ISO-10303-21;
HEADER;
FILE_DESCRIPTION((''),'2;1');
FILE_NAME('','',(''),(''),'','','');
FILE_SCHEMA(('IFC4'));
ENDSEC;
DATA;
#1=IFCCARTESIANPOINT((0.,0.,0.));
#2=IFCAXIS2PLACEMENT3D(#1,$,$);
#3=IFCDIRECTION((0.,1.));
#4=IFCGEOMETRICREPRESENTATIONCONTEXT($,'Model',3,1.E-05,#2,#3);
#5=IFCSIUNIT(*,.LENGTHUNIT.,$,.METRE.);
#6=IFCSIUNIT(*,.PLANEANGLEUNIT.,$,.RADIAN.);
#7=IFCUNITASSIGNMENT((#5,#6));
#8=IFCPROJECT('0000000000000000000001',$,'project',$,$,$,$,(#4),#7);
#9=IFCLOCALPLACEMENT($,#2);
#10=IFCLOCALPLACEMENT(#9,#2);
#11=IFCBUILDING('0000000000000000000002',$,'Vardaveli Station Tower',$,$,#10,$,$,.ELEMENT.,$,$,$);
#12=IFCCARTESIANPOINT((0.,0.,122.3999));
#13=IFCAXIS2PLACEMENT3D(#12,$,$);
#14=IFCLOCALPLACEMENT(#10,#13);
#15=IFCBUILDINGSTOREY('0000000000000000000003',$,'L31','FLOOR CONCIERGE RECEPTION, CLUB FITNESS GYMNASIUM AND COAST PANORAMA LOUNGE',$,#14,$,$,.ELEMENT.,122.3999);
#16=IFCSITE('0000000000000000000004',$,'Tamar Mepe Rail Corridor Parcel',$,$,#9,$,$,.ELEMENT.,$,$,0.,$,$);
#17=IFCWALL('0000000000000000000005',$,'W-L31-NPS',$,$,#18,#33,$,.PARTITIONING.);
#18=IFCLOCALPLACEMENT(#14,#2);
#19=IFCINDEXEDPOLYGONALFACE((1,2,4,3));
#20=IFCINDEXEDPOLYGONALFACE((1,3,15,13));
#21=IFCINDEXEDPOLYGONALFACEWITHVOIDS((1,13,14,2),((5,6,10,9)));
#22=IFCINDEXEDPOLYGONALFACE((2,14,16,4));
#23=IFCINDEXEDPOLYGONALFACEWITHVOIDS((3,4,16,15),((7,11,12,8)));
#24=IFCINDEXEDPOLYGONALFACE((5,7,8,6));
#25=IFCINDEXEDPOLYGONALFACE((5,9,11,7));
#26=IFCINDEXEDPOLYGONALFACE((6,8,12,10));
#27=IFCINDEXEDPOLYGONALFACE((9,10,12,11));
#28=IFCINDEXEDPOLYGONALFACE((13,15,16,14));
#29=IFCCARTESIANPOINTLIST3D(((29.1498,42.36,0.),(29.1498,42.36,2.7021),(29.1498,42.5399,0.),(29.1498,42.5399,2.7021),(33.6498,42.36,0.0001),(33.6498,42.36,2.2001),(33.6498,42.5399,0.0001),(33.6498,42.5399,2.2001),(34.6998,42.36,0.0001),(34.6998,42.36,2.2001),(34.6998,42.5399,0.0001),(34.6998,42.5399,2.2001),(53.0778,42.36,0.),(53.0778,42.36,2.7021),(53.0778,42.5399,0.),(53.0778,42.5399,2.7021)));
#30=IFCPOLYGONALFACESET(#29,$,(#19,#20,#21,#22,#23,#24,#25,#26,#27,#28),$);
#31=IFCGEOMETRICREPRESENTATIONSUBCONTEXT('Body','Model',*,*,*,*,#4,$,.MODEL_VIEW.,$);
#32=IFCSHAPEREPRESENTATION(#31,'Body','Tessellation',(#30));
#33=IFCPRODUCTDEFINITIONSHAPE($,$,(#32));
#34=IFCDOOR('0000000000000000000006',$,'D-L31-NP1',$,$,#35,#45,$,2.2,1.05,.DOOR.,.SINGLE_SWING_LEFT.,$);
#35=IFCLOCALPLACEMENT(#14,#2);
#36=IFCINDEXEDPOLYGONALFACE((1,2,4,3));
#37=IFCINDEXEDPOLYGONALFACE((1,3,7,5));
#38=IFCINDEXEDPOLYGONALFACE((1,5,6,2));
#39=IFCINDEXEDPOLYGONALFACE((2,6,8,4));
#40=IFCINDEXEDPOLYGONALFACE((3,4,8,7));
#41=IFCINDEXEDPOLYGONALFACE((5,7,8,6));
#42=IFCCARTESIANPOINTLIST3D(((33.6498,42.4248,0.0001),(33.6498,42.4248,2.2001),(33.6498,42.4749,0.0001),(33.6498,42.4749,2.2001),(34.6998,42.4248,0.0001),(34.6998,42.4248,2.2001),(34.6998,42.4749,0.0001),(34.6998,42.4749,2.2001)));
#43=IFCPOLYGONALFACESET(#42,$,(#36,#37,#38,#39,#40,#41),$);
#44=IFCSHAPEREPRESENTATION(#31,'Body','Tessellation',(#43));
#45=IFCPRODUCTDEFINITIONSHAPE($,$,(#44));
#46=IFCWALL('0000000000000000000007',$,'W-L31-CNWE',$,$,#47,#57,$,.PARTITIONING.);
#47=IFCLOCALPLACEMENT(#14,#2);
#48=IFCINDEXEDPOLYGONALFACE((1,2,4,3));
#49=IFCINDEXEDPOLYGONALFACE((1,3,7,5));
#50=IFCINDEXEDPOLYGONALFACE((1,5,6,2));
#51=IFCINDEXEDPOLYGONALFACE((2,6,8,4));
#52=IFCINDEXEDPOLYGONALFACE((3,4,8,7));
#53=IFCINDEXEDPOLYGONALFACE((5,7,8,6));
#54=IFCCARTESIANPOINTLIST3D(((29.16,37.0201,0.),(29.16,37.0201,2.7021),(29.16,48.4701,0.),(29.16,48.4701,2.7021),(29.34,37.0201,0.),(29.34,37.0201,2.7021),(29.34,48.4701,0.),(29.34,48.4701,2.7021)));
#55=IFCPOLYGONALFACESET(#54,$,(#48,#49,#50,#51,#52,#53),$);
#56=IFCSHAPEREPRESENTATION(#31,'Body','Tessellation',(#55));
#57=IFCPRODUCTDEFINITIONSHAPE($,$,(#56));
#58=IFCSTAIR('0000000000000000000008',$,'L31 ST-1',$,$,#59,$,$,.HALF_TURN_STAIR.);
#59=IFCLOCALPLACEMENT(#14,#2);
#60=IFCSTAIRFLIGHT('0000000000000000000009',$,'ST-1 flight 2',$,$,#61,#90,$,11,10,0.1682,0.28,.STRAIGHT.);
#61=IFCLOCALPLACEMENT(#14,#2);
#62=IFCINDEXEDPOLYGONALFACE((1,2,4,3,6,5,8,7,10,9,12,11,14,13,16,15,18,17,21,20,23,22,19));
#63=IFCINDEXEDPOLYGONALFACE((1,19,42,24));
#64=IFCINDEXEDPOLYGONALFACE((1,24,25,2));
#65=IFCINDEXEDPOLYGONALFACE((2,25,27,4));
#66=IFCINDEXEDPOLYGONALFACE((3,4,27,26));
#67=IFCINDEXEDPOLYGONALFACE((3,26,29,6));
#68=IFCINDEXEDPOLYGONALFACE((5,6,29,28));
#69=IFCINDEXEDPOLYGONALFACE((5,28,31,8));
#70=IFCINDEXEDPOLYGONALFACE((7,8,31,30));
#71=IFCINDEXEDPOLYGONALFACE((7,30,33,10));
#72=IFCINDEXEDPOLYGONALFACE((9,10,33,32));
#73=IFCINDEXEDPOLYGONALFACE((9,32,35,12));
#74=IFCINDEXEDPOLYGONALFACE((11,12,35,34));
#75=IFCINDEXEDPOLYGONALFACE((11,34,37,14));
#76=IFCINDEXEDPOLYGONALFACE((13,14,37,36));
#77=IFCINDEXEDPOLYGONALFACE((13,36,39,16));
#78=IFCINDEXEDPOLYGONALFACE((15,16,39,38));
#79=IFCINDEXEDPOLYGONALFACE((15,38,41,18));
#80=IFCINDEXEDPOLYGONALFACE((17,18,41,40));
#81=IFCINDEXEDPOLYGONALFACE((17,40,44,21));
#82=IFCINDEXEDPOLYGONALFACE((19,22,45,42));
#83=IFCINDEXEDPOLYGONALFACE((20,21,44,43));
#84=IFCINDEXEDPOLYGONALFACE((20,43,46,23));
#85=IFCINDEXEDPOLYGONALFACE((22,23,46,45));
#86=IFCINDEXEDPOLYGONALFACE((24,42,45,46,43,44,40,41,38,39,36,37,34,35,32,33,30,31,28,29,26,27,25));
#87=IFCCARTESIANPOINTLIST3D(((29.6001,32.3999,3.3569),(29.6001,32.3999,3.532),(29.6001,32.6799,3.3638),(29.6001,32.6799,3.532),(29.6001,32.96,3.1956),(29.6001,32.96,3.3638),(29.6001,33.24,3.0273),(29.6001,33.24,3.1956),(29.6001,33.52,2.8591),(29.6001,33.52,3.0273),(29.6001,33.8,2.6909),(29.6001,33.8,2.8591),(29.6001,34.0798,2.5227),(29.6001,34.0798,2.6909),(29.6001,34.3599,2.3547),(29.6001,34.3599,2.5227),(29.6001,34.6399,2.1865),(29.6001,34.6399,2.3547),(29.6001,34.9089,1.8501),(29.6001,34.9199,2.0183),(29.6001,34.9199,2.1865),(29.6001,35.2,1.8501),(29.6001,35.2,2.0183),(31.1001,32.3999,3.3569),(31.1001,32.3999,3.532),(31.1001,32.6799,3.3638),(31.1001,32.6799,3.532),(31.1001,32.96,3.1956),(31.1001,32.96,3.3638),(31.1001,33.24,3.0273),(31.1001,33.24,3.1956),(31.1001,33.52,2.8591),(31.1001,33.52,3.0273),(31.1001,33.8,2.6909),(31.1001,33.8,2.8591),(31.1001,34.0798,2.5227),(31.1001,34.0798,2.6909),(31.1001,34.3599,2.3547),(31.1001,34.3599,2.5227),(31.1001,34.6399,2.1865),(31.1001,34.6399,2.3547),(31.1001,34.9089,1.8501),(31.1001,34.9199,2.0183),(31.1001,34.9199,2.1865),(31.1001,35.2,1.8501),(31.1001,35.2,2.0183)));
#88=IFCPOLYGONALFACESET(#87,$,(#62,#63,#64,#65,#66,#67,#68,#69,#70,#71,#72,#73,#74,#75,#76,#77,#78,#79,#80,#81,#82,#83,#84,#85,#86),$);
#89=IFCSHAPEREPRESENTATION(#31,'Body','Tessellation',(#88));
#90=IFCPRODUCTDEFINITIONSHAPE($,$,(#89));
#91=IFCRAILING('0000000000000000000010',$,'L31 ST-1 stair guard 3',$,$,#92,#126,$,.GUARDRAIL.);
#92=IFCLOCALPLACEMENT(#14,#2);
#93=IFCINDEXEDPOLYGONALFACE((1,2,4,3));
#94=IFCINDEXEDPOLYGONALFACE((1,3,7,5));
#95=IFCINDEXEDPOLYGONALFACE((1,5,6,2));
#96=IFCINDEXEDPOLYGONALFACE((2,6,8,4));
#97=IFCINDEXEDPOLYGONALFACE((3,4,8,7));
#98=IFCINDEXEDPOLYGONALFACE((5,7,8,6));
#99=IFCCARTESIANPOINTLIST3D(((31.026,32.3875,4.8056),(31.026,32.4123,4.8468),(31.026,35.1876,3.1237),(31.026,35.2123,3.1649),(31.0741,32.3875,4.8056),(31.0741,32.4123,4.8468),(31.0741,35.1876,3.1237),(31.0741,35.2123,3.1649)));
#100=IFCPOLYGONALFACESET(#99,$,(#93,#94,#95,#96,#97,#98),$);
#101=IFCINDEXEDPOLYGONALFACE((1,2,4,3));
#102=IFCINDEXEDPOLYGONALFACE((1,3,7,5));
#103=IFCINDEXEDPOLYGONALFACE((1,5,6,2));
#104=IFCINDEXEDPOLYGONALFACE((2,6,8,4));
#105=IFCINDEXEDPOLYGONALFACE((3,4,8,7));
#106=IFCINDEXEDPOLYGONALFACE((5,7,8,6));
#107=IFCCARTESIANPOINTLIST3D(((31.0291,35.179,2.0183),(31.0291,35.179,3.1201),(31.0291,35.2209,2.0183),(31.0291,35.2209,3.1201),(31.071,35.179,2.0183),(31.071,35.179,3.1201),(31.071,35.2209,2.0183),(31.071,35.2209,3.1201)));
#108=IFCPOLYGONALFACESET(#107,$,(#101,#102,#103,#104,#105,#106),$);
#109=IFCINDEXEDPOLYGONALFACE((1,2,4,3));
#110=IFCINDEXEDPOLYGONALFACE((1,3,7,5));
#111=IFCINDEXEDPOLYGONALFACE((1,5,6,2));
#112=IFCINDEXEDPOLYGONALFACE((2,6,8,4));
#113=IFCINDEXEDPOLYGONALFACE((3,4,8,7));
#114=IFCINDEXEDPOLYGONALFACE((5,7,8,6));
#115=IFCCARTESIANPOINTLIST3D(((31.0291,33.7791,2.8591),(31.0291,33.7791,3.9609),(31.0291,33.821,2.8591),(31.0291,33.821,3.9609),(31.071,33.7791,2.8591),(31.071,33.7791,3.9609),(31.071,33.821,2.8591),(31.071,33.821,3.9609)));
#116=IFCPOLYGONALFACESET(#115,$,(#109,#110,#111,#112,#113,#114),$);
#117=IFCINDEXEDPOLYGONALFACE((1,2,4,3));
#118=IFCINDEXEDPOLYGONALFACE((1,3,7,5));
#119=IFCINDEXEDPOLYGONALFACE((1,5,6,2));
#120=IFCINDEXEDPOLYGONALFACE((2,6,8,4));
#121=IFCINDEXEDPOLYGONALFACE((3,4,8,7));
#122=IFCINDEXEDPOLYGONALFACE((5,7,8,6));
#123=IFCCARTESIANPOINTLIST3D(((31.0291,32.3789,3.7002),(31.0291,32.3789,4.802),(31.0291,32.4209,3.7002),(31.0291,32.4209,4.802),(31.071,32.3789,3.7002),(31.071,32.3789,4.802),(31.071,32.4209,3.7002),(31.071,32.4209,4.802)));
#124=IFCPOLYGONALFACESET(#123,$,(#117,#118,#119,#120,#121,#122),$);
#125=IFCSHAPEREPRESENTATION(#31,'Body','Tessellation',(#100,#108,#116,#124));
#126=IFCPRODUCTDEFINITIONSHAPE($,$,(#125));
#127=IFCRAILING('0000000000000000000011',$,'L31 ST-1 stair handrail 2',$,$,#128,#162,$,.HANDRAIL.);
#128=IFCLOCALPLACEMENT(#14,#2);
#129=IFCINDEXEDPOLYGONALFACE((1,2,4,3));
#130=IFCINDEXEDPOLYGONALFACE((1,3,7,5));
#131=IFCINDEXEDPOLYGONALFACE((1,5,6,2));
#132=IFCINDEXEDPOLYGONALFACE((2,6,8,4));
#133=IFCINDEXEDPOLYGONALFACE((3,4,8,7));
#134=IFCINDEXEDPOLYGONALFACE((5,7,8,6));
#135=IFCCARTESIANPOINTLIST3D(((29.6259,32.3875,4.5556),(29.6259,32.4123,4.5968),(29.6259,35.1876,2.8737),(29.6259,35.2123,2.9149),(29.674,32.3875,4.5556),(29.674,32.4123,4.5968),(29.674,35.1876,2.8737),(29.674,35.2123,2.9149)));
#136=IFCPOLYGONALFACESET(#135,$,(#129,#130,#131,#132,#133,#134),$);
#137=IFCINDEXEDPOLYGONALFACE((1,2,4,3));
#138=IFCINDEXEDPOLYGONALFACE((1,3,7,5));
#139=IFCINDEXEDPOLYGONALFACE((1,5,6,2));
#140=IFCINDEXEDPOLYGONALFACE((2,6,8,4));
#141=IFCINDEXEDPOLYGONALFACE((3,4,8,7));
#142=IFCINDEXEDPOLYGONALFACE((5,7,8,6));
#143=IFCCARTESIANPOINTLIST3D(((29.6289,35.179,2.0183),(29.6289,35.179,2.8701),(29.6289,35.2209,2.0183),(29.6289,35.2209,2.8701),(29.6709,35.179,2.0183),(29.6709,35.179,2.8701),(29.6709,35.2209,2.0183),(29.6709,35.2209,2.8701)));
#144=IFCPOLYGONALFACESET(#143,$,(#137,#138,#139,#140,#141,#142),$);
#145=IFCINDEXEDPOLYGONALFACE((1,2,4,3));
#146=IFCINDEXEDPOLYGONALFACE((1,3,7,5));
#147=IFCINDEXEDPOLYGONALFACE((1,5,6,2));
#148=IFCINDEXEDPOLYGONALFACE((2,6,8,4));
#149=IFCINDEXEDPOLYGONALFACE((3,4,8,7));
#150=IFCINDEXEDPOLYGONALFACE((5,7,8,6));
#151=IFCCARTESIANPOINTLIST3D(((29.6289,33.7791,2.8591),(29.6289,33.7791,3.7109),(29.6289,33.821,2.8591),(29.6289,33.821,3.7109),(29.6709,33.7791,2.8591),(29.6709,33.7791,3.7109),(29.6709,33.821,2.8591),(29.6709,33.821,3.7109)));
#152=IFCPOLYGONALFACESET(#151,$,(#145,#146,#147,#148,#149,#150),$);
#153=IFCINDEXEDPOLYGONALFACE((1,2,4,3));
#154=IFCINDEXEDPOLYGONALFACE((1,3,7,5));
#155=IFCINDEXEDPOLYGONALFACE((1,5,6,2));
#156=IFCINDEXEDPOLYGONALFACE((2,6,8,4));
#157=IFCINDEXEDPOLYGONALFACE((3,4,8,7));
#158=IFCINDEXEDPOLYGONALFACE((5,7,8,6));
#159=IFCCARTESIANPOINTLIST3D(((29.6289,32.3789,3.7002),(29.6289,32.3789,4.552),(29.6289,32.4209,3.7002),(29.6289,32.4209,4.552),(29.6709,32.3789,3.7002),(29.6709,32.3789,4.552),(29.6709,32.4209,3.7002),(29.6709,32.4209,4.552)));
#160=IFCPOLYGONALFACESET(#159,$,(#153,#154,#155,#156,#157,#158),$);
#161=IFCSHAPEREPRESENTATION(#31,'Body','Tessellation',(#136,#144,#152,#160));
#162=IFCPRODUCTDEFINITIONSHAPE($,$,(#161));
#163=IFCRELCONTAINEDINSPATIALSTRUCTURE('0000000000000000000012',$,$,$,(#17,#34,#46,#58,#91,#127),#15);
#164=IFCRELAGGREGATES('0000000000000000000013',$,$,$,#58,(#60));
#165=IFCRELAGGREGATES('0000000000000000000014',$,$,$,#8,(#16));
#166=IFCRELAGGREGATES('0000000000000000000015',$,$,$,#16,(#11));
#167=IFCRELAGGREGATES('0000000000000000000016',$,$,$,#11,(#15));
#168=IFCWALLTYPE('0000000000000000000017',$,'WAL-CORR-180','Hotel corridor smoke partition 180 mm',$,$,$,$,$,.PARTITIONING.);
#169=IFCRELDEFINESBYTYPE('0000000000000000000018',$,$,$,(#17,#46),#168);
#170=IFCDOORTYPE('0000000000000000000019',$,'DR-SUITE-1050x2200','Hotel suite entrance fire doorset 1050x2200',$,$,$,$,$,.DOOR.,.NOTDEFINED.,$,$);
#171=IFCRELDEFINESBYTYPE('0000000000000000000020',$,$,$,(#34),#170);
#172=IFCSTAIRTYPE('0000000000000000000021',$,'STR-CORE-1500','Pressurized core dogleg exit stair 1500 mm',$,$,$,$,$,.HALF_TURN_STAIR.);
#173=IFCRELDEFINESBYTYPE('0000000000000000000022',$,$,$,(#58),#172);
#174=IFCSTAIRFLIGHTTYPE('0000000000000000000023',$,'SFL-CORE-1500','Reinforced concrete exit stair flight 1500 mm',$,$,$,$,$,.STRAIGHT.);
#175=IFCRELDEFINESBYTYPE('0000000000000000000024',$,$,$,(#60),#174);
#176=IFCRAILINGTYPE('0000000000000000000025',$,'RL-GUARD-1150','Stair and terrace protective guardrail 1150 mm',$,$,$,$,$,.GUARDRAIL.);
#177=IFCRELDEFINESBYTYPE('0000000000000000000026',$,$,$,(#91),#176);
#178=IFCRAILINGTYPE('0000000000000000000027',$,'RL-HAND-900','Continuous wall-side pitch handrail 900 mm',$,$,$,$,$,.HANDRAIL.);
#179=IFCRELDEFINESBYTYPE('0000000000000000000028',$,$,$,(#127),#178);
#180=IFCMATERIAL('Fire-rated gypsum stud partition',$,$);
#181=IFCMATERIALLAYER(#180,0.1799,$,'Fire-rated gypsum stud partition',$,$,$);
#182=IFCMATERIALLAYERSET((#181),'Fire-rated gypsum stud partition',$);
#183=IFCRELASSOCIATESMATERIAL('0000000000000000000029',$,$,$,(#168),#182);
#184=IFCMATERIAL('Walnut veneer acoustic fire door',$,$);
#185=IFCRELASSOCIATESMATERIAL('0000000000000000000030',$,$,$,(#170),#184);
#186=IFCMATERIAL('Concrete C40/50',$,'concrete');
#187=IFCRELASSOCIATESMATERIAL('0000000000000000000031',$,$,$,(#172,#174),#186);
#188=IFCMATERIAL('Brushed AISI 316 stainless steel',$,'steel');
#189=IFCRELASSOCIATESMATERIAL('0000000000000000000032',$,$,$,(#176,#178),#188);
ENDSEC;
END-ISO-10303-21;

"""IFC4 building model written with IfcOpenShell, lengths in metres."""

from ifc_helpers import new_model, si_unit, direction, frame, frame_2d, origin, origin_2d, place, context, subcontext, project, spatial, polyline, rectangle, outline, extrude, source, transform, mapped, material, layer, layer_set, type_object, element, fill, aggregate, save


model = new_model("IFC4")

# Units and contexts
model_context = context("Model", 3, precision=1e-05, world=origin(), true_north=direction((0.0, 1.0)))
body_context = subcontext(model_context, "Body", "Model", "MODEL_VIEW")
ifc_project = project(units=[si_unit("LENGTHUNIT", "METRE"), si_unit("PLANEANGLEUNIT", "RADIAN")], contexts=[model_context])

# Site, building, storey
site_placement = place(None, origin())
site = spatial("IfcSite", under=ifc_project, at=site_placement, Name="Tamar Mepe Rail Corridor Parcel", CompositionType="ELEMENT", RefElevation=0.0)
building_placement = place(site_placement, origin())
building = spatial("IfcBuilding", under=site, at=building_placement, Name="Vardaveli Station Tower", CompositionType="ELEMENT")
storey_placement = place(building_placement, frame((0.0, 0.0, 122.3999)))
storey = spatial("IfcBuildingStorey", under=building, at=storey_placement, Name="L31", Description="FLOOR CONCIERGE RECEPTION, CLUB FITNESS GYMNASIUM AND COAST PANORAMA LOUNGE", CompositionType="ELEMENT", Elevation=122.3999)

# Shared definitions
ifc_material_1 = material(Name="Concrete C40/50", Category="concrete")

# Wall, opening, door
ifc_material_2 = material(Name="Fire-rated gypsum stud partition")
ifc_layer_1 = layer(ifc_material_2, 0.1799, Name="Fire-rated gypsum stud partition")
ifc_layer_set_1 = layer_set([ifc_layer_1], Name="Fire-rated gypsum stud partition")
wall_type_1 = type_object("IfcWallType", Name="WAL-CORR-180", Description="Hotel corridor smoke partition 180 mm", PredefinedType="PARTITIONING", material=ifc_layer_set_1)
shared_shape_1 = source(origin(), body_context, "Body", "SweptSolid", [
    extrude(rectangle(XDim=23.928, YDim=0.1799, at=frame_2d((11.9639, 0.0))), origin(), (0.0, 0.0, 1.0), 2.7021),
])
wall_1_placement = place(storey_placement, frame((29.1499, 42.45, 0.0), z_axis=(0.0, 0.0, 1.0), x_axis=(1.0, 0.0, 0.0)))
wall_1 = element("IfcWall", 1, at=wall_1_placement, inside=storey, type_object=wall_type_1, Name="W-L31-NPS", PredefinedType="PARTITIONING", context=body_context, shape_type="MappedRepresentation", body=[
    mapped(shared_shape_1, transform((0.0, 0.0, 0.0), scale=1.0)),
])
shared_shape_2 = source(origin(), body_context, "Body", "SweptSolid", [
    extrude(rectangle(XDim=1.05, YDim=2.2, at=frame_2d((0.5249, 1.1001))), frame((0.0, 0.1001, 0.0), z_axis=(0.0, -1.0, 0.0), x_axis=(1.0, 0.0, 0.0)), (0.0, 0.0, 1.0), 0.2),
])
opening_1_placement = place(wall_1_placement, frame((4.5, 0.0, 0.0)))
opening_1 = element("IfcOpeningElement", 2, at=opening_1_placement, cuts=wall_1, PredefinedType="OPENING", context=body_context, shape_type="MappedRepresentation", body=[
    mapped(shared_shape_2, transform((0.0, 0.0, 0.0), scale=1.0)),
])
ifc_material_3 = material(Name="Walnut veneer acoustic fire door")
door_type_1 = type_object("IfcDoorType", Name="DR-SUITE-1050x2200", Description="Hotel suite entrance fire doorset 1050x2200", OperationType="NOTDEFINED", PredefinedType="DOOR", material=ifc_material_3)
shared_shape_3 = source(origin(), body_context, "Body", "SweptSolid", [
    extrude(rectangle(XDim=1.05, YDim=2.2, at=frame_2d((0.5249, 1.1001))), frame((0.0, 0.0249, 0.0), z_axis=(0.0, -1.0, 0.0), x_axis=(1.0, 0.0, 0.0)), (0.0, 0.0, 1.0), 0.05),
])
door_1_placement = place(opening_1_placement, origin())
door_1 = element("IfcDoor", 3, at=door_1_placement, inside=storey, type_object=door_type_1, Name="D-L31-NP1", OperationType="SINGLE_SWING_LEFT", OverallHeight=2.2, OverallWidth=1.05, PredefinedType="DOOR", context=body_context, shape_type="MappedRepresentation", body=[
    mapped(shared_shape_3, transform((0.0, 0.0, 0.0), scale=1.0)),
])
fill(opening_1, door_1)

# Wall
shared_shape_4 = source(origin(), body_context, "Body", "SweptSolid", [
    extrude(rectangle(XDim=11.45, YDim=0.1799, at=frame_2d((5.7251, 0.0))), origin(), (0.0, 0.0, 1.0), 2.7021),
])
wall_2_placement = place(storey_placement, frame((29.25, 37.02, 0.0), z_axis=(0.0, 0.0, 1.0), x_axis=(0.0, 1.0, 0.0)))
element("IfcWall", 4, at=wall_2_placement, inside=storey, type_object=wall_type_1, Name="W-L31-CNWE", PredefinedType="PARTITIONING", context=body_context, shape_type="MappedRepresentation", body=[
    mapped(shared_shape_4, transform((0.0, 0.0, 0.0), scale=1.0)),
])

# Stair, stair flight
stair_type = type_object("IfcStairType", Name="STR-CORE-1500", Description="Pressurized core dogleg exit stair 1500 mm", PredefinedType="HALF_TURN_STAIR", material=ifc_material_1)
stair_placement = place(storey_placement, origin())
stair = element("IfcStair", 5, at=stair_placement, inside=storey, type_object=stair_type, Name="L31 ST-1", PredefinedType="HALF_TURN_STAIR")
stair_flight_type = type_object("IfcStairFlightType", Name="SFL-CORE-1500", Description="Reinforced concrete exit stair flight 1500 mm", PredefinedType="STRAIGHT", material=ifc_material_1)
shared_shape_5 = source(origin(), body_context, "Body", "SweptSolid", [
    extrude(outline(polyline([(0.0, 0.0), (0.0, 0.1682), (0.28, 0.1682), (0.28, 0.3364), (0.5601, 0.3364), (0.5601, 0.5046), (0.8401, 0.5046), (0.8401, 0.6726), (1.1201, 0.6726), (1.1201, 0.8408), (1.3999, 0.8408), (1.3999, 1.009), (1.6799, 1.009), (1.6799, 1.1772), (1.96, 1.1772), (1.96, 1.3455), (2.24, 1.3455), (2.24, 1.5137), (2.52, 1.5137), (2.52, 1.6819), (2.8, 1.6819), (2.8, 1.8501), (2.8, 1.5068), (0.291, 0.0), (0.0, 0.0)])), frame((0.0, 0.75, 0.0), z_axis=(0.0, -1.0, 0.0), x_axis=(1.0, 0.0, 0.0)), (0.0, 0.0, 1.0), 1.5),
])
stair_flight_placement = place(storey_placement, frame((30.3501, 35.2, 1.8501), z_axis=(0.0, 0.0, 1.0), x_axis=(0.0, -1.0, 0.0)))
stair_flight = element("IfcStairFlight", 6, at=stair_flight_placement, type_object=stair_flight_type, Name="ST-1 flight 2", NumberOfRisers=11, NumberOfTreads=10, PredefinedType="STRAIGHT", RiserHeight=0.1682, TreadLength=0.28, context=body_context, shape_type="MappedRepresentation", body=[
    mapped(shared_shape_5, transform((0.0, 0.0, 0.0), scale=1.0)),
])
aggregate(stair, [stair_flight])

# Railings
ifc_material_4 = material(Name="Brushed AISI 316 stainless steel", Category="steel")
railing_type_1 = type_object("IfcRailingType", Name="RL-GUARD-1150", Description="Stair and terrace protective guardrail 1150 mm", PredefinedType="GUARDRAIL", material=ifc_material_4)
shared_shape_6 = source(origin(), body_context, "Body", "SweptSolid", [
    extrude(rectangle(XDim=0.0481, YDim=0.0481, at=origin_2d()), frame((0.0, 0.0, 1.126), z_axis=(0.0, -0.857242, 0.514913), x_axis=(1.0, 0.0, 0.0)), (0.0, 0.0, 1.0), 3.2664),
    extrude(rectangle(XDim=0.042, YDim=0.042, at=origin_2d()), origin(), (0.0, 0.0, 1.0), 1.1018),
    extrude(rectangle(XDim=0.042, YDim=0.042, at=origin_2d()), frame((0.0, -1.3999, 0.8408)), (0.0, 0.0, 1.0), 1.1018),
    extrude(rectangle(XDim=0.042, YDim=0.042, at=origin_2d()), frame((0.0, -2.8, 1.6819)), (0.0, 0.0, 1.0), 1.1018),
])
railing_1_placement = place(storey_placement, frame((31.05, 35.2, 2.0183)))
element("IfcRailing", 7, at=railing_1_placement, inside=storey, type_object=railing_type_1, Name="L31 ST-1 stair guard 3", PredefinedType="GUARDRAIL", context=body_context, shape_type="MappedRepresentation", body=[
    mapped(shared_shape_6, transform((0.0, 0.0, 0.0), scale=1.0)),
])
railing_type_2 = type_object("IfcRailingType", Name="RL-HAND-900", Description="Continuous wall-side pitch handrail 900 mm", PredefinedType="HANDRAIL", material=ifc_material_4)
shared_shape_7 = source(origin(), body_context, "Body", "SweptSolid", [
    extrude(rectangle(XDim=0.0481, YDim=0.0481, at=origin_2d()), frame((0.0, 0.0, 0.876), z_axis=(0.0, -0.857242, 0.514913), x_axis=(1.0, 0.0, 0.0)), (0.0, 0.0, 1.0), 3.2664),
    extrude(rectangle(XDim=0.042, YDim=0.042, at=origin_2d()), origin(), (0.0, 0.0, 1.0), 0.8518),
    extrude(rectangle(XDim=0.042, YDim=0.042, at=origin_2d()), frame((0.0, -1.3999, 0.8408)), (0.0, 0.0, 1.0), 0.8518),
    extrude(rectangle(XDim=0.042, YDim=0.042, at=origin_2d()), frame((0.0, -2.8, 1.6819)), (0.0, 0.0, 1.0), 0.8518),
])
railing_2_placement = place(storey_placement, frame((29.6499, 35.2, 2.0183)))
element("IfcRailing", 8, at=railing_2_placement, inside=storey, type_object=railing_type_2, Name="L31 ST-1 stair handrail 2", PredefinedType="HANDRAIL", context=body_context, shape_type="MappedRepresentation", body=[
    mapped(shared_shape_7, transform((0.0, 0.0, 0.0), scale=1.0)),
])

save(model, "model.ifc")
